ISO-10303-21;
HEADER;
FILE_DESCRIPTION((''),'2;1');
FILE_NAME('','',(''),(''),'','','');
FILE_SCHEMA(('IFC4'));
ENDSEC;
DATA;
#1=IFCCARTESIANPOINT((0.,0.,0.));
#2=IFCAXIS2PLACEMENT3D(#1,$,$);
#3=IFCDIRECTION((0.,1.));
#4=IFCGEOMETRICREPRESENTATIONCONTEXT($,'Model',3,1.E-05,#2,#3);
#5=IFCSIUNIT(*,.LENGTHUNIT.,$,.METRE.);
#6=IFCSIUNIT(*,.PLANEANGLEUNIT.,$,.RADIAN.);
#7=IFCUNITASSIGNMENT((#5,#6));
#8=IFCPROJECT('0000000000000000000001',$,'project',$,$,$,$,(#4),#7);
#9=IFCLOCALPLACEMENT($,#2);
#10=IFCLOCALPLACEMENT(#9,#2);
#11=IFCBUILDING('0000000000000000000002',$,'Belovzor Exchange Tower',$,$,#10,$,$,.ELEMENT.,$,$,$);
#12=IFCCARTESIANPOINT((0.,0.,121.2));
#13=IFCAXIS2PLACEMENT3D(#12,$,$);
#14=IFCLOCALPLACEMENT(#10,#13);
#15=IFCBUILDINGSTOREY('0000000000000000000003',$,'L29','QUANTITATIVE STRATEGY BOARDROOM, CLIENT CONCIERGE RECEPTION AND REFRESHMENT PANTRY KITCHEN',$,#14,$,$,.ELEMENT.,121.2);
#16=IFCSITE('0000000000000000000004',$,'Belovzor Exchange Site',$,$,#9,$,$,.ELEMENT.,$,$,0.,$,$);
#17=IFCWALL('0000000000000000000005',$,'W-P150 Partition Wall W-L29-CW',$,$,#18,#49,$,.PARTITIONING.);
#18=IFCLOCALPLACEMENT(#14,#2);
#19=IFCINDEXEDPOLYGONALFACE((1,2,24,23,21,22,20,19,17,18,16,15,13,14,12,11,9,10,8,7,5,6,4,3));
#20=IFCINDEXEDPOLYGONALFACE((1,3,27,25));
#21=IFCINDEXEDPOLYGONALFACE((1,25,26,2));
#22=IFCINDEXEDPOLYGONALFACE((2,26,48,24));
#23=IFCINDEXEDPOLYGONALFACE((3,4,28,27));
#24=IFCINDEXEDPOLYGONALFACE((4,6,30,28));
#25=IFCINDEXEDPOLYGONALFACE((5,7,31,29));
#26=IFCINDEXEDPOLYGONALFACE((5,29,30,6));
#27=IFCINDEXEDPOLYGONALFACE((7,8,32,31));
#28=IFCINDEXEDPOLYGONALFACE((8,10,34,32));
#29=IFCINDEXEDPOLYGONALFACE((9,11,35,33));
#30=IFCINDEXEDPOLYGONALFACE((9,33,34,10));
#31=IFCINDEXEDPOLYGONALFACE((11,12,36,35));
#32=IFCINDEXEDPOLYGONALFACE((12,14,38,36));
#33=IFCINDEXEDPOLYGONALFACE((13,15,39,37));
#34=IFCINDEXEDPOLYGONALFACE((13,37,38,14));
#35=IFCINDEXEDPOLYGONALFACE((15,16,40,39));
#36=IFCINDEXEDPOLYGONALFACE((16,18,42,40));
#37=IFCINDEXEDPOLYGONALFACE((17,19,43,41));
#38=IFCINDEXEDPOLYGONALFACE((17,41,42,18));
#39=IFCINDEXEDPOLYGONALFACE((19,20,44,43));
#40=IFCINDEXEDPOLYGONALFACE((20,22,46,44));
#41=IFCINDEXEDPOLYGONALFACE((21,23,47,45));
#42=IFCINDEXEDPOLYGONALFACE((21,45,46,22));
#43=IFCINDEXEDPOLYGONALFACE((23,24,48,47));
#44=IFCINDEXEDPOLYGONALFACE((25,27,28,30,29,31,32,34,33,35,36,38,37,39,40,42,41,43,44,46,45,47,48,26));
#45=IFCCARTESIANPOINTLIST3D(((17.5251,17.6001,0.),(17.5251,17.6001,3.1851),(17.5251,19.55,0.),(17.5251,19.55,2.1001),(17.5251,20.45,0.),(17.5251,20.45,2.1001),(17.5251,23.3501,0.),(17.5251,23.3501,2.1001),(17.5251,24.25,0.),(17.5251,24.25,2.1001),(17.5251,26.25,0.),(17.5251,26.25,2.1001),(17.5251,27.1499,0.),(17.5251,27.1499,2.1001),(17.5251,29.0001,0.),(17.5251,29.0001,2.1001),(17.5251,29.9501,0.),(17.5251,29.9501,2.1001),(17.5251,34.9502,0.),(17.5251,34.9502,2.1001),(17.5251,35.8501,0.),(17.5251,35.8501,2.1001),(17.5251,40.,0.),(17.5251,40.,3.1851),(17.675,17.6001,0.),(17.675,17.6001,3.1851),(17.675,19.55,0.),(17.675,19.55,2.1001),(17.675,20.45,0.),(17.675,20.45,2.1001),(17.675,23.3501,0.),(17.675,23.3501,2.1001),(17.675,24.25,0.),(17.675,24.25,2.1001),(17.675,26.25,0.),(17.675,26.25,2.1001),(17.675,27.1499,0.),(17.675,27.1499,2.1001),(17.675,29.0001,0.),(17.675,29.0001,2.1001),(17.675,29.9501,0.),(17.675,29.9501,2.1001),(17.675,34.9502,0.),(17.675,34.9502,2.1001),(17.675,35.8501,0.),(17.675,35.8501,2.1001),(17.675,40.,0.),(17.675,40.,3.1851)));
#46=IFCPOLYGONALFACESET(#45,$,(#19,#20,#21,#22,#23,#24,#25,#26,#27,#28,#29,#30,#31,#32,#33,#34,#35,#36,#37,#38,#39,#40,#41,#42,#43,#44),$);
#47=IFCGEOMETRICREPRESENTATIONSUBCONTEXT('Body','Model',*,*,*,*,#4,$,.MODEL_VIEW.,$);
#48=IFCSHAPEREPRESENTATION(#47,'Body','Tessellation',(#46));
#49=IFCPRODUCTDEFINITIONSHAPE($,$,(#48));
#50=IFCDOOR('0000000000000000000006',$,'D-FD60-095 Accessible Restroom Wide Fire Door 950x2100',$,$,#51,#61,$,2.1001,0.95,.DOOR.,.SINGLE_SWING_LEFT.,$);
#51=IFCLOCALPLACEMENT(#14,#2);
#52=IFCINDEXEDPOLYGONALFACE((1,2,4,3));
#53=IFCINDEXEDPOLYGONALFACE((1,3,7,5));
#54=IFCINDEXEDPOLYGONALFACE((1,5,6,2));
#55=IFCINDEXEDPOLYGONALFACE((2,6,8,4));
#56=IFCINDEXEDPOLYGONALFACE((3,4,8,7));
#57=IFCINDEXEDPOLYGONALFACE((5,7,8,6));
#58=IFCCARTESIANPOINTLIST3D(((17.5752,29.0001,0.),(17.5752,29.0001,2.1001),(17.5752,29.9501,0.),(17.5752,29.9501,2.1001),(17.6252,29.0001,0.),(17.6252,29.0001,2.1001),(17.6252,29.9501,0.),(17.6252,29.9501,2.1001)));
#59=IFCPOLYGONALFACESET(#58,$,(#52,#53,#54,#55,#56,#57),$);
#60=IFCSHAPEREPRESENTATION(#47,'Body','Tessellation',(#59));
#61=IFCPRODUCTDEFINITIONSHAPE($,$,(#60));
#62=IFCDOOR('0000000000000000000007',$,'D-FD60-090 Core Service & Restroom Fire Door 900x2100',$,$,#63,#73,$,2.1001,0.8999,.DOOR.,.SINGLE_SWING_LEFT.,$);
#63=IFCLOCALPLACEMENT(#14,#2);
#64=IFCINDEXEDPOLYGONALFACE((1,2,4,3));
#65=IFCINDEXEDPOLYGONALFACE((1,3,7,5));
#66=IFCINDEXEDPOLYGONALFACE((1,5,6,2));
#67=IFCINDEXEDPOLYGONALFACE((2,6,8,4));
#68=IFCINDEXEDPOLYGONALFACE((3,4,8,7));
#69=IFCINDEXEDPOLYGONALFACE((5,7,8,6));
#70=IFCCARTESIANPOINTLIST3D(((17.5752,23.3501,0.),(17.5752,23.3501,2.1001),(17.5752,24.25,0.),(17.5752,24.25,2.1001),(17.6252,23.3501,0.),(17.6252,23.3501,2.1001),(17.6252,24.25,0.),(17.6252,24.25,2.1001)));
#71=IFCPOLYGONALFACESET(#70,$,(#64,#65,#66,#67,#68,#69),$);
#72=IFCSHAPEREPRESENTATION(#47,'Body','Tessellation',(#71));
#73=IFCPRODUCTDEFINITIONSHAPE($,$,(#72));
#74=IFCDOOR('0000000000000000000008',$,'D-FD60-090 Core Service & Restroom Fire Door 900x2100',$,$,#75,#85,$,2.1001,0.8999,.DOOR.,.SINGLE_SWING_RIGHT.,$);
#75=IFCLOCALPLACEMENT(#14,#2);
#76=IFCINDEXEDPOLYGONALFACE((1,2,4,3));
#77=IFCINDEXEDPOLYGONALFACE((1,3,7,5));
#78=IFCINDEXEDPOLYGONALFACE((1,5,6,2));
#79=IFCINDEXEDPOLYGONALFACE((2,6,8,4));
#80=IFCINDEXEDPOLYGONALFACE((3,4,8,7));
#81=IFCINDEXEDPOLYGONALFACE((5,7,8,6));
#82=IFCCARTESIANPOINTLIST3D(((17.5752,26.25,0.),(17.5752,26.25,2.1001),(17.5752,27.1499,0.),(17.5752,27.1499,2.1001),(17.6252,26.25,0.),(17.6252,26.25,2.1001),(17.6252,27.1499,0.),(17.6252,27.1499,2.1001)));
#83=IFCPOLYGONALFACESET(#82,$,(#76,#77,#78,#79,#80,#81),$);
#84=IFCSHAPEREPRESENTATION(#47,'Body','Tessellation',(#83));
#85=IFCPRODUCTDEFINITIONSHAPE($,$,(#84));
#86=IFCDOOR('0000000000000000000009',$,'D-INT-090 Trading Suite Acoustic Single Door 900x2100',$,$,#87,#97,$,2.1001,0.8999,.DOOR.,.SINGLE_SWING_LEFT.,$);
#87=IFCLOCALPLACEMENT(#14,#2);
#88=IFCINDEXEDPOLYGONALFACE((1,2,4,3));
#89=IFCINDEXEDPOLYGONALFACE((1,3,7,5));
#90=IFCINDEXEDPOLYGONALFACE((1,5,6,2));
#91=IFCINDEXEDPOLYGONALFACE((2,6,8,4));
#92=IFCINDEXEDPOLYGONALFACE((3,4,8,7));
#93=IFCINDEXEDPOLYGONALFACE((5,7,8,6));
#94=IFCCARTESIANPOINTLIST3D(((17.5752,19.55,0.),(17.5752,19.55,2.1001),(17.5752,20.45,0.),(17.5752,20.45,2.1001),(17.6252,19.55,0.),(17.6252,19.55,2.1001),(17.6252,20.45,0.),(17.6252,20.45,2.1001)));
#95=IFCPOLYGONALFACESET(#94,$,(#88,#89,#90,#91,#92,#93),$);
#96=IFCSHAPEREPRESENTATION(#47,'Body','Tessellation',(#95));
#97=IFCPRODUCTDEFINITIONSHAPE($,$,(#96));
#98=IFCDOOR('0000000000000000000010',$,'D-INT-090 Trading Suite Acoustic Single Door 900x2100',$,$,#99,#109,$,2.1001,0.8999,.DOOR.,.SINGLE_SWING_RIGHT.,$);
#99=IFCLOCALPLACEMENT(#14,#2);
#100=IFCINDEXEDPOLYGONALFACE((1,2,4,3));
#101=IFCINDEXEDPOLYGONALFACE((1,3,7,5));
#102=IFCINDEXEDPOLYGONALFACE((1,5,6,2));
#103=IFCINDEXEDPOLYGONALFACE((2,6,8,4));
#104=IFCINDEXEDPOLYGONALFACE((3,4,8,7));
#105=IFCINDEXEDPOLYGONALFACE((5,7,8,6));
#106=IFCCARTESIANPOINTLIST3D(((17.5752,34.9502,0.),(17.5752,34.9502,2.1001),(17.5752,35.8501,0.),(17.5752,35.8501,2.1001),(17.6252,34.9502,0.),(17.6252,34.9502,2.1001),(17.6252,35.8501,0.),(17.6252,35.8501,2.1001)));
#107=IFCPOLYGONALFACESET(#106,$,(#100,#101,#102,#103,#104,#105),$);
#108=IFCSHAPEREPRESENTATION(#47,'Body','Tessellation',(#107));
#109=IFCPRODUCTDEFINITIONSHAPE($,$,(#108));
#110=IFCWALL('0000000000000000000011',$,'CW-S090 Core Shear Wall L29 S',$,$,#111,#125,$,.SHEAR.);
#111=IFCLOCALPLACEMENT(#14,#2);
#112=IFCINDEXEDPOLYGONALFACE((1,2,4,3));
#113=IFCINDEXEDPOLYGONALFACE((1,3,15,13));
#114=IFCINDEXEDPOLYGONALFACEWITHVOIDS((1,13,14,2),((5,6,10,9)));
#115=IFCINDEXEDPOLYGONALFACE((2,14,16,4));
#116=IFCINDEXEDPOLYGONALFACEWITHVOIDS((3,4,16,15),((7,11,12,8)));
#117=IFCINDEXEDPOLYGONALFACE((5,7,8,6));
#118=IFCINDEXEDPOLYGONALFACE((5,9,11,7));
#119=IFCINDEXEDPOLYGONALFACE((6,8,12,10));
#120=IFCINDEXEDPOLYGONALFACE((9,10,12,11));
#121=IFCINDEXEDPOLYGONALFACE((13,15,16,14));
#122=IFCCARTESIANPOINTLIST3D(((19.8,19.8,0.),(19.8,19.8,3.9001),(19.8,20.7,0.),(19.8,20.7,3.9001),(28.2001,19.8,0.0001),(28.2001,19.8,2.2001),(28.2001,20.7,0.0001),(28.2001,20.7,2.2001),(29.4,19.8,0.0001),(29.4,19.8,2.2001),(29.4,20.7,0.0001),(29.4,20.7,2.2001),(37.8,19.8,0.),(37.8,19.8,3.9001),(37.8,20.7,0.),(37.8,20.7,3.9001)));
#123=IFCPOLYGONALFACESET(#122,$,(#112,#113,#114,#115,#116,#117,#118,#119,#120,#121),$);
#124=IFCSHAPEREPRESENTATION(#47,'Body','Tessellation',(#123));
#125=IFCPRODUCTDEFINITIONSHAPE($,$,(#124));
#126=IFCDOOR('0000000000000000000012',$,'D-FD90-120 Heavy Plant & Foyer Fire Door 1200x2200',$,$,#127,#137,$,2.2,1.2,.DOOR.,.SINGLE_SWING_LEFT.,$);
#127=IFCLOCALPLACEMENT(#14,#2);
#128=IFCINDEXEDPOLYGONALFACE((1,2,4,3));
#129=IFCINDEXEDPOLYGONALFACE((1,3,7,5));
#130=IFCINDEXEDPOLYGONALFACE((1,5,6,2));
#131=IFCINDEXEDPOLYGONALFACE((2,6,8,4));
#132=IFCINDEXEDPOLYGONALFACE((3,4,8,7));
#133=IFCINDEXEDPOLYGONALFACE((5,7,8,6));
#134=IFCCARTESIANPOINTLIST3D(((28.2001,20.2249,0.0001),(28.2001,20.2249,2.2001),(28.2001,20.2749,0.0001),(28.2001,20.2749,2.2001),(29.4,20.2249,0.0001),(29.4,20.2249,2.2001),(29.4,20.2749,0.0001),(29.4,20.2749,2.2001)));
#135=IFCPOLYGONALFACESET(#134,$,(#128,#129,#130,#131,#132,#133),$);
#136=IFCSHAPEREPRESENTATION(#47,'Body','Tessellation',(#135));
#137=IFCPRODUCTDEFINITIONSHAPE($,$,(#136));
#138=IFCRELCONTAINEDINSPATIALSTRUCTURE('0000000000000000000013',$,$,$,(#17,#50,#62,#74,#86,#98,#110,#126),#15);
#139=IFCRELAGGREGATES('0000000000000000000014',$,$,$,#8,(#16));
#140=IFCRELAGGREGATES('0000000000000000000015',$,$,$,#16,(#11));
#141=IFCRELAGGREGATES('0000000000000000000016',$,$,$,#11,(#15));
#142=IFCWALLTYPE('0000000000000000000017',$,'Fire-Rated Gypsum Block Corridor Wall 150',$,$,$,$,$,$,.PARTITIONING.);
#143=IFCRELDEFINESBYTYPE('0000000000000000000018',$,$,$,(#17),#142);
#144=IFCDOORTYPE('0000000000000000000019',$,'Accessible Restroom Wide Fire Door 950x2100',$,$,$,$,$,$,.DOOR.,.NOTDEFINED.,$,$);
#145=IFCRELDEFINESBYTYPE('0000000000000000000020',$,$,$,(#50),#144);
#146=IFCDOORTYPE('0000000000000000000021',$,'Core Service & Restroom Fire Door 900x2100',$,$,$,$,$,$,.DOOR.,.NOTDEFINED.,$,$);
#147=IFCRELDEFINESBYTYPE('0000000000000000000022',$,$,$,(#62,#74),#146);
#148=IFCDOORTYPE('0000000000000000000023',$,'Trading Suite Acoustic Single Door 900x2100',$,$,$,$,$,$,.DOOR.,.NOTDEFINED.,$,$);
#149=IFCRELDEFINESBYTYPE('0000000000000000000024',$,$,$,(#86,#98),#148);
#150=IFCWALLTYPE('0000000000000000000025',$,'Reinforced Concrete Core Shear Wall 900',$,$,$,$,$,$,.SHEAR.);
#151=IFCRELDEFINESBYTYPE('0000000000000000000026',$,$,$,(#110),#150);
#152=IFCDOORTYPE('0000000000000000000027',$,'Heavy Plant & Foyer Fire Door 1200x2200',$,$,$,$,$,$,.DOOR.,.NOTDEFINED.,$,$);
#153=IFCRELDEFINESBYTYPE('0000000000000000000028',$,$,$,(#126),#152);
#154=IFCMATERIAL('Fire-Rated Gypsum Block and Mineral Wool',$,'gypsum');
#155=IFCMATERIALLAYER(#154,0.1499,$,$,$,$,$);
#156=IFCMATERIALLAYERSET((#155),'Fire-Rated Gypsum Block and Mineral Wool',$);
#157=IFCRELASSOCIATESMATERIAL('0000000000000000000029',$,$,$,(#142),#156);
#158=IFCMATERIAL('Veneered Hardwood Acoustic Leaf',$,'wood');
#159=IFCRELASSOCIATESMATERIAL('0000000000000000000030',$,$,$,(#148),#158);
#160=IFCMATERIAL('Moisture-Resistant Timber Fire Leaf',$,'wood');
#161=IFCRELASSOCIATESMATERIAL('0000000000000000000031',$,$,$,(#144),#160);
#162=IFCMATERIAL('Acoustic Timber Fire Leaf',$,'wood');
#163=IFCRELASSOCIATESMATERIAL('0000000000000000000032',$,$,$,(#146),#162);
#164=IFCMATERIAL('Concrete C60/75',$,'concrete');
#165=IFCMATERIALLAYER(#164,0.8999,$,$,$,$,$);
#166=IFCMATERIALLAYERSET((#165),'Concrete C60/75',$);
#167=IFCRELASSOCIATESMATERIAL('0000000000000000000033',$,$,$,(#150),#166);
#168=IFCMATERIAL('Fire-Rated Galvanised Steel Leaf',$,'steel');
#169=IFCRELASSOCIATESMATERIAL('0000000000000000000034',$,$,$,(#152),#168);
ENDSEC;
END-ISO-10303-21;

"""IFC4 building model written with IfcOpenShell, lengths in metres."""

from ifc_helpers import new_model, si_unit, direction, frame, frame_2d, origin, place, context, subcontext, project, spatial, rectangle, extrude, material, layer, layer_set, type_object, element, fill, save


model = new_model("IFC4")

# Units and contexts
model_context = context("Model", 3, precision=1e-05, world=origin(), true_north=direction((0.0, 1.0)))
body_context = subcontext(model_context, "Body", "Model", "MODEL_VIEW")
ifc_project = project(units=[si_unit("LENGTHUNIT", "METRE"), si_unit("PLANEANGLEUNIT", "RADIAN")], contexts=[model_context])

# Site, building, storey
site_placement = place(None, origin())
site = spatial("IfcSite", under=ifc_project, at=site_placement, Name="Belovzor Exchange Site", CompositionType="ELEMENT", RefElevation=0.0)
building_placement = place(site_placement, origin())
building = spatial("IfcBuilding", under=site, at=building_placement, Name="Belovzor Exchange Tower", CompositionType="ELEMENT")
storey_placement = place(building_placement, frame((0.0, 0.0, 121.2)))
storey = spatial("IfcBuildingStorey", under=building, at=storey_placement, Name="L29", Description="QUANTITATIVE STRATEGY BOARDROOM, CLIENT CONCIERGE RECEPTION AND REFRESHMENT PANTRY KITCHEN", CompositionType="ELEMENT", Elevation=121.2)

# Wall, openings, doors
ifc_material_1 = material(Name="Fire-Rated Gypsum Block and Mineral Wool", Category="gypsum")
ifc_layer_1 = layer(ifc_material_1, 0.1499)
ifc_layer_set_1 = layer_set([ifc_layer_1], Name="Fire-Rated Gypsum Block and Mineral Wool")
wall_type_1 = type_object("IfcWallType", Name="Fire-Rated Gypsum Block Corridor Wall 150", PredefinedType="PARTITIONING", material=ifc_layer_set_1)
ifc_material_2 = material(Name="Veneered Hardwood Acoustic Leaf", Category="wood")
door_type_1 = type_object("IfcDoorType", Name="Trading Suite Acoustic Single Door 900x2100", OperationType="NOTDEFINED", PredefinedType="DOOR", material=ifc_material_2)
wall_1_placement = place(storey_placement, frame((17.6001, 17.6001, 0.0), z_axis=(0.0, 0.0, 1.0), x_axis=(0.0, 1.0, 0.0)))
wall_1 = element("IfcWall", 1, at=wall_1_placement, inside=storey, type_object=wall_type_1, Name="W-P150 Partition Wall W-L29-CW", PredefinedType="PARTITIONING", context=body_context, shape_type="SweptSolid", body=[
    extrude(rectangle(XDim=22.3999, YDim=0.1499, at=frame_2d((11.2, 0.0))), origin(), (0.0, 0.0, 1.0), 3.1851),
])
opening_1_placement = place(wall_1_placement, frame((1.95, 0.0, 0.0)))
opening_1 = element("IfcOpeningElement", 2, at=opening_1_placement, cuts=wall_1, PredefinedType="OPENING", context=body_context, shape_type="SweptSolid", body=[
    extrude(rectangle(XDim=0.8999, YDim=2.1001, at=frame_2d((0.45, 1.05))), frame((0.0, 0.085, 0.0), z_axis=(0.0, -1.0, 0.0), x_axis=(1.0, 0.0, 0.0)), (0.0, 0.0, 1.0), 0.1699),
])
opening_2_placement = place(wall_1_placement, frame((5.75, 0.0, 0.0)))
opening_2 = element("IfcOpeningElement", 3, at=opening_2_placement, cuts=wall_1, PredefinedType="OPENING", context=body_context, shape_type="SweptSolid", body=[
    extrude(rectangle(XDim=0.8999, YDim=2.1001, at=frame_2d((0.45, 1.05))), frame((0.0, 0.085, 0.0), z_axis=(0.0, -1.0, 0.0), x_axis=(1.0, 0.0, 0.0)), (0.0, 0.0, 1.0), 0.1699),
])
opening_3_placement = place(wall_1_placement, frame((8.6499, 0.0, 0.0)))
opening_3 = element("IfcOpeningElement", 4, at=opening_3_placement, cuts=wall_1, PredefinedType="OPENING", context=body_context, shape_type="SweptSolid", body=[
    extrude(rectangle(XDim=0.8999, YDim=2.1001, at=frame_2d((0.45, 1.05))), frame((0.0, 0.085, 0.0), z_axis=(0.0, -1.0, 0.0), x_axis=(1.0, 0.0, 0.0)), (0.0, 0.0, 1.0), 0.1699),
])
opening_4_placement = place(wall_1_placement, frame((11.3999, 0.0, 0.0)))
opening_4 = element("IfcOpeningElement", 5, at=opening_4_placement, cuts=wall_1, PredefinedType="OPENING", context=body_context, shape_type="SweptSolid", body=[
    extrude(rectangle(XDim=0.95, YDim=2.1001, at=frame_2d((0.4751, 1.05))), frame((0.0, 0.085, 0.0), z_axis=(0.0, -1.0, 0.0), x_axis=(1.0, 0.0, 0.0)), (0.0, 0.0, 1.0), 0.1699),
])
opening_5_placement = place(wall_1_placement, frame((17.3501, 0.0, 0.0)))
opening_5 = element("IfcOpeningElement", 6, at=opening_5_placement, cuts=wall_1, PredefinedType="OPENING", context=body_context, shape_type="SweptSolid", body=[
    extrude(rectangle(XDim=0.8999, YDim=2.1001, at=frame_2d((0.45, 1.05))), frame((0.0, 0.085, 0.0), z_axis=(0.0, -1.0, 0.0), x_axis=(1.0, 0.0, 0.0)), (0.0, 0.0, 1.0), 0.1699),
])
ifc_material_3 = material(Name="Moisture-Resistant Timber Fire Leaf", Category="wood")
door_type_2 = type_object("IfcDoorType", Name="Accessible Restroom Wide Fire Door 950x2100", OperationType="NOTDEFINED", PredefinedType="DOOR", material=ifc_material_3)
door_1_placement = place(opening_4_placement, origin())
door_1 = element("IfcDoor", 7, at=door_1_placement, inside=storey, type_object=door_type_2, Name="D-FD60-095 Accessible Restroom Wide Fire Door 950x2100", OperationType="SINGLE_SWING_LEFT", OverallHeight=2.1001, OverallWidth=0.95, PredefinedType="DOOR", context=body_context, shape_type="SweptSolid", body=[
    extrude(rectangle(XDim=0.95, YDim=2.1001, at=frame_2d((0.4751, 1.05))), frame((0.0, 0.0249, 0.0), z_axis=(0.0, -1.0, 0.0), x_axis=(1.0, 0.0, 0.0)), (0.0, 0.0, 1.0), 0.05),
])
fill(opening_4, door_1)
ifc_material_4 = material(Name="Acoustic Timber Fire Leaf", Category="wood")
door_type_3 = type_object("IfcDoorType", Name="Core Service & Restroom Fire Door 900x2100", OperationType="NOTDEFINED", PredefinedType="DOOR", material=ifc_material_4)
door_2_placement = place(opening_2_placement, origin())
door_2 = element("IfcDoor", 8, at=door_2_placement, inside=storey, type_object=door_type_3, Name="D-FD60-090 Core Service & Restroom Fire Door 900x2100", OperationType="SINGLE_SWING_LEFT", OverallHeight=2.1001, OverallWidth=0.8999, PredefinedType="DOOR", context=body_context, shape_type="SweptSolid", body=[
    extrude(rectangle(XDim=0.8999, YDim=2.1001, at=frame_2d((0.45, 1.05))), frame((0.0, 0.0249, 0.0), z_axis=(0.0, -1.0, 0.0), x_axis=(1.0, 0.0, 0.0)), (0.0, 0.0, 1.0), 0.05),
])
fill(opening_2, door_2)
door_3_placement = place(opening_3_placement, origin())
door_3 = element("IfcDoor", 9, at=door_3_placement, inside=storey, type_object=door_type_3, Name="D-FD60-090 Core Service & Restroom Fire Door 900x2100", OperationType="SINGLE_SWING_RIGHT", OverallHeight=2.1001, OverallWidth=0.8999, PredefinedType="DOOR", context=body_context, shape_type="SweptSolid", body=[
    extrude(rectangle(XDim=0.8999, YDim=2.1001, at=frame_2d((0.45, 1.05))), frame((0.0, 0.0249, 0.0), z_axis=(0.0, -1.0, 0.0), x_axis=(1.0, 0.0, 0.0)), (0.0, 0.0, 1.0), 0.05),
])
fill(opening_3, door_3)
door_4_placement = place(opening_1_placement, origin())
door_4 = element("IfcDoor", 10, at=door_4_placement, inside=storey, type_object=door_type_1, Name="D-INT-090 Trading Suite Acoustic Single Door 900x2100", OperationType="SINGLE_SWING_LEFT", OverallHeight=2.1001, OverallWidth=0.8999, PredefinedType="DOOR", context=body_context, shape_type="SweptSolid", body=[
    extrude(rectangle(XDim=0.8999, YDim=2.1001, at=frame_2d((0.45, 1.05))), frame((0.0, 0.0249, 0.0), z_axis=(0.0, -1.0, 0.0), x_axis=(1.0, 0.0, 0.0)), (0.0, 0.0, 1.0), 0.05),
])
fill(opening_1, door_4)
door_5_placement = place(opening_5_placement, origin())
door_5 = element("IfcDoor", 11, at=door_5_placement, inside=storey, type_object=door_type_1, Name="D-INT-090 Trading Suite Acoustic Single Door 900x2100", OperationType="SINGLE_SWING_RIGHT", OverallHeight=2.1001, OverallWidth=0.8999, PredefinedType="DOOR", context=body_context, shape_type="SweptSolid", body=[
    extrude(rectangle(XDim=0.8999, YDim=2.1001, at=frame_2d((0.45, 1.05))), frame((0.0, 0.0249, 0.0), z_axis=(0.0, -1.0, 0.0), x_axis=(1.0, 0.0, 0.0)), (0.0, 0.0, 1.0), 0.05),
])
fill(opening_5, door_5)

# Wall, opening, door
ifc_material_5 = material(Name="Concrete C60/75", Category="concrete")
ifc_layer_2 = layer(ifc_material_5, 0.8999)
ifc_layer_set_2 = layer_set([ifc_layer_2], Name="Concrete C60/75")
wall_type_2 = type_object("IfcWallType", Name="Reinforced Concrete Core Shear Wall 900", PredefinedType="SHEAR", material=ifc_layer_set_2)
wall_2_placement = place(storey_placement, frame((19.8, 20.25, 0.0), z_axis=(0.0, 0.0, 1.0), x_axis=(1.0, 0.0, 0.0)))
wall_2 = element("IfcWall", 12, at=wall_2_placement, inside=storey, type_object=wall_type_2, Name="CW-S090 Core Shear Wall L29 S", PredefinedType="SHEAR", context=body_context, shape_type="SweptSolid", body=[
    extrude(rectangle(XDim=18.0, YDim=0.8999, at=frame_2d((9.0, 0.0))), origin(), (0.0, 0.0, 1.0), 3.9001),
])
opening_6_placement = place(wall_2_placement, frame((8.3999, 0.0, 0.0)))
opening_6 = element("IfcOpeningElement", 13, at=opening_6_placement, cuts=wall_2, PredefinedType="OPENING", context=body_context, shape_type="SweptSolid", body=[
    extrude(rectangle(XDim=1.2, YDim=2.2, at=frame_2d((0.6001, 1.1001))), frame((0.0, 0.46, 0.0), z_axis=(0.0, -1.0, 0.0), x_axis=(1.0, 0.0, 0.0)), (0.0, 0.0, 1.0), 0.9199),
])
ifc_material_6 = material(Name="Fire-Rated Galvanised Steel Leaf", Category="steel")
door_type_4 = type_object("IfcDoorType", Name="Heavy Plant & Foyer Fire Door 1200x2200", OperationType="NOTDEFINED", PredefinedType="DOOR", material=ifc_material_6)
door_6_placement = place(opening_6_placement, origin())
door_6 = element("IfcDoor", 14, at=door_6_placement, inside=storey, type_object=door_type_4, Name="D-FD90-120 Heavy Plant & Foyer Fire Door 1200x2200", OperationType="SINGLE_SWING_LEFT", OverallHeight=2.2, OverallWidth=1.2, PredefinedType="DOOR", context=body_context, shape_type="SweptSolid", body=[
    extrude(rectangle(XDim=1.2, YDim=2.2, at=frame_2d((0.6001, 1.1001))), frame((0.0, 0.0249, 0.0), z_axis=(0.0, -1.0, 0.0), x_axis=(1.0, 0.0, 0.0)), (0.0, 0.0, 1.0), 0.05),
])
fill(opening_6, door_6)

save(model, "model.ifc")
